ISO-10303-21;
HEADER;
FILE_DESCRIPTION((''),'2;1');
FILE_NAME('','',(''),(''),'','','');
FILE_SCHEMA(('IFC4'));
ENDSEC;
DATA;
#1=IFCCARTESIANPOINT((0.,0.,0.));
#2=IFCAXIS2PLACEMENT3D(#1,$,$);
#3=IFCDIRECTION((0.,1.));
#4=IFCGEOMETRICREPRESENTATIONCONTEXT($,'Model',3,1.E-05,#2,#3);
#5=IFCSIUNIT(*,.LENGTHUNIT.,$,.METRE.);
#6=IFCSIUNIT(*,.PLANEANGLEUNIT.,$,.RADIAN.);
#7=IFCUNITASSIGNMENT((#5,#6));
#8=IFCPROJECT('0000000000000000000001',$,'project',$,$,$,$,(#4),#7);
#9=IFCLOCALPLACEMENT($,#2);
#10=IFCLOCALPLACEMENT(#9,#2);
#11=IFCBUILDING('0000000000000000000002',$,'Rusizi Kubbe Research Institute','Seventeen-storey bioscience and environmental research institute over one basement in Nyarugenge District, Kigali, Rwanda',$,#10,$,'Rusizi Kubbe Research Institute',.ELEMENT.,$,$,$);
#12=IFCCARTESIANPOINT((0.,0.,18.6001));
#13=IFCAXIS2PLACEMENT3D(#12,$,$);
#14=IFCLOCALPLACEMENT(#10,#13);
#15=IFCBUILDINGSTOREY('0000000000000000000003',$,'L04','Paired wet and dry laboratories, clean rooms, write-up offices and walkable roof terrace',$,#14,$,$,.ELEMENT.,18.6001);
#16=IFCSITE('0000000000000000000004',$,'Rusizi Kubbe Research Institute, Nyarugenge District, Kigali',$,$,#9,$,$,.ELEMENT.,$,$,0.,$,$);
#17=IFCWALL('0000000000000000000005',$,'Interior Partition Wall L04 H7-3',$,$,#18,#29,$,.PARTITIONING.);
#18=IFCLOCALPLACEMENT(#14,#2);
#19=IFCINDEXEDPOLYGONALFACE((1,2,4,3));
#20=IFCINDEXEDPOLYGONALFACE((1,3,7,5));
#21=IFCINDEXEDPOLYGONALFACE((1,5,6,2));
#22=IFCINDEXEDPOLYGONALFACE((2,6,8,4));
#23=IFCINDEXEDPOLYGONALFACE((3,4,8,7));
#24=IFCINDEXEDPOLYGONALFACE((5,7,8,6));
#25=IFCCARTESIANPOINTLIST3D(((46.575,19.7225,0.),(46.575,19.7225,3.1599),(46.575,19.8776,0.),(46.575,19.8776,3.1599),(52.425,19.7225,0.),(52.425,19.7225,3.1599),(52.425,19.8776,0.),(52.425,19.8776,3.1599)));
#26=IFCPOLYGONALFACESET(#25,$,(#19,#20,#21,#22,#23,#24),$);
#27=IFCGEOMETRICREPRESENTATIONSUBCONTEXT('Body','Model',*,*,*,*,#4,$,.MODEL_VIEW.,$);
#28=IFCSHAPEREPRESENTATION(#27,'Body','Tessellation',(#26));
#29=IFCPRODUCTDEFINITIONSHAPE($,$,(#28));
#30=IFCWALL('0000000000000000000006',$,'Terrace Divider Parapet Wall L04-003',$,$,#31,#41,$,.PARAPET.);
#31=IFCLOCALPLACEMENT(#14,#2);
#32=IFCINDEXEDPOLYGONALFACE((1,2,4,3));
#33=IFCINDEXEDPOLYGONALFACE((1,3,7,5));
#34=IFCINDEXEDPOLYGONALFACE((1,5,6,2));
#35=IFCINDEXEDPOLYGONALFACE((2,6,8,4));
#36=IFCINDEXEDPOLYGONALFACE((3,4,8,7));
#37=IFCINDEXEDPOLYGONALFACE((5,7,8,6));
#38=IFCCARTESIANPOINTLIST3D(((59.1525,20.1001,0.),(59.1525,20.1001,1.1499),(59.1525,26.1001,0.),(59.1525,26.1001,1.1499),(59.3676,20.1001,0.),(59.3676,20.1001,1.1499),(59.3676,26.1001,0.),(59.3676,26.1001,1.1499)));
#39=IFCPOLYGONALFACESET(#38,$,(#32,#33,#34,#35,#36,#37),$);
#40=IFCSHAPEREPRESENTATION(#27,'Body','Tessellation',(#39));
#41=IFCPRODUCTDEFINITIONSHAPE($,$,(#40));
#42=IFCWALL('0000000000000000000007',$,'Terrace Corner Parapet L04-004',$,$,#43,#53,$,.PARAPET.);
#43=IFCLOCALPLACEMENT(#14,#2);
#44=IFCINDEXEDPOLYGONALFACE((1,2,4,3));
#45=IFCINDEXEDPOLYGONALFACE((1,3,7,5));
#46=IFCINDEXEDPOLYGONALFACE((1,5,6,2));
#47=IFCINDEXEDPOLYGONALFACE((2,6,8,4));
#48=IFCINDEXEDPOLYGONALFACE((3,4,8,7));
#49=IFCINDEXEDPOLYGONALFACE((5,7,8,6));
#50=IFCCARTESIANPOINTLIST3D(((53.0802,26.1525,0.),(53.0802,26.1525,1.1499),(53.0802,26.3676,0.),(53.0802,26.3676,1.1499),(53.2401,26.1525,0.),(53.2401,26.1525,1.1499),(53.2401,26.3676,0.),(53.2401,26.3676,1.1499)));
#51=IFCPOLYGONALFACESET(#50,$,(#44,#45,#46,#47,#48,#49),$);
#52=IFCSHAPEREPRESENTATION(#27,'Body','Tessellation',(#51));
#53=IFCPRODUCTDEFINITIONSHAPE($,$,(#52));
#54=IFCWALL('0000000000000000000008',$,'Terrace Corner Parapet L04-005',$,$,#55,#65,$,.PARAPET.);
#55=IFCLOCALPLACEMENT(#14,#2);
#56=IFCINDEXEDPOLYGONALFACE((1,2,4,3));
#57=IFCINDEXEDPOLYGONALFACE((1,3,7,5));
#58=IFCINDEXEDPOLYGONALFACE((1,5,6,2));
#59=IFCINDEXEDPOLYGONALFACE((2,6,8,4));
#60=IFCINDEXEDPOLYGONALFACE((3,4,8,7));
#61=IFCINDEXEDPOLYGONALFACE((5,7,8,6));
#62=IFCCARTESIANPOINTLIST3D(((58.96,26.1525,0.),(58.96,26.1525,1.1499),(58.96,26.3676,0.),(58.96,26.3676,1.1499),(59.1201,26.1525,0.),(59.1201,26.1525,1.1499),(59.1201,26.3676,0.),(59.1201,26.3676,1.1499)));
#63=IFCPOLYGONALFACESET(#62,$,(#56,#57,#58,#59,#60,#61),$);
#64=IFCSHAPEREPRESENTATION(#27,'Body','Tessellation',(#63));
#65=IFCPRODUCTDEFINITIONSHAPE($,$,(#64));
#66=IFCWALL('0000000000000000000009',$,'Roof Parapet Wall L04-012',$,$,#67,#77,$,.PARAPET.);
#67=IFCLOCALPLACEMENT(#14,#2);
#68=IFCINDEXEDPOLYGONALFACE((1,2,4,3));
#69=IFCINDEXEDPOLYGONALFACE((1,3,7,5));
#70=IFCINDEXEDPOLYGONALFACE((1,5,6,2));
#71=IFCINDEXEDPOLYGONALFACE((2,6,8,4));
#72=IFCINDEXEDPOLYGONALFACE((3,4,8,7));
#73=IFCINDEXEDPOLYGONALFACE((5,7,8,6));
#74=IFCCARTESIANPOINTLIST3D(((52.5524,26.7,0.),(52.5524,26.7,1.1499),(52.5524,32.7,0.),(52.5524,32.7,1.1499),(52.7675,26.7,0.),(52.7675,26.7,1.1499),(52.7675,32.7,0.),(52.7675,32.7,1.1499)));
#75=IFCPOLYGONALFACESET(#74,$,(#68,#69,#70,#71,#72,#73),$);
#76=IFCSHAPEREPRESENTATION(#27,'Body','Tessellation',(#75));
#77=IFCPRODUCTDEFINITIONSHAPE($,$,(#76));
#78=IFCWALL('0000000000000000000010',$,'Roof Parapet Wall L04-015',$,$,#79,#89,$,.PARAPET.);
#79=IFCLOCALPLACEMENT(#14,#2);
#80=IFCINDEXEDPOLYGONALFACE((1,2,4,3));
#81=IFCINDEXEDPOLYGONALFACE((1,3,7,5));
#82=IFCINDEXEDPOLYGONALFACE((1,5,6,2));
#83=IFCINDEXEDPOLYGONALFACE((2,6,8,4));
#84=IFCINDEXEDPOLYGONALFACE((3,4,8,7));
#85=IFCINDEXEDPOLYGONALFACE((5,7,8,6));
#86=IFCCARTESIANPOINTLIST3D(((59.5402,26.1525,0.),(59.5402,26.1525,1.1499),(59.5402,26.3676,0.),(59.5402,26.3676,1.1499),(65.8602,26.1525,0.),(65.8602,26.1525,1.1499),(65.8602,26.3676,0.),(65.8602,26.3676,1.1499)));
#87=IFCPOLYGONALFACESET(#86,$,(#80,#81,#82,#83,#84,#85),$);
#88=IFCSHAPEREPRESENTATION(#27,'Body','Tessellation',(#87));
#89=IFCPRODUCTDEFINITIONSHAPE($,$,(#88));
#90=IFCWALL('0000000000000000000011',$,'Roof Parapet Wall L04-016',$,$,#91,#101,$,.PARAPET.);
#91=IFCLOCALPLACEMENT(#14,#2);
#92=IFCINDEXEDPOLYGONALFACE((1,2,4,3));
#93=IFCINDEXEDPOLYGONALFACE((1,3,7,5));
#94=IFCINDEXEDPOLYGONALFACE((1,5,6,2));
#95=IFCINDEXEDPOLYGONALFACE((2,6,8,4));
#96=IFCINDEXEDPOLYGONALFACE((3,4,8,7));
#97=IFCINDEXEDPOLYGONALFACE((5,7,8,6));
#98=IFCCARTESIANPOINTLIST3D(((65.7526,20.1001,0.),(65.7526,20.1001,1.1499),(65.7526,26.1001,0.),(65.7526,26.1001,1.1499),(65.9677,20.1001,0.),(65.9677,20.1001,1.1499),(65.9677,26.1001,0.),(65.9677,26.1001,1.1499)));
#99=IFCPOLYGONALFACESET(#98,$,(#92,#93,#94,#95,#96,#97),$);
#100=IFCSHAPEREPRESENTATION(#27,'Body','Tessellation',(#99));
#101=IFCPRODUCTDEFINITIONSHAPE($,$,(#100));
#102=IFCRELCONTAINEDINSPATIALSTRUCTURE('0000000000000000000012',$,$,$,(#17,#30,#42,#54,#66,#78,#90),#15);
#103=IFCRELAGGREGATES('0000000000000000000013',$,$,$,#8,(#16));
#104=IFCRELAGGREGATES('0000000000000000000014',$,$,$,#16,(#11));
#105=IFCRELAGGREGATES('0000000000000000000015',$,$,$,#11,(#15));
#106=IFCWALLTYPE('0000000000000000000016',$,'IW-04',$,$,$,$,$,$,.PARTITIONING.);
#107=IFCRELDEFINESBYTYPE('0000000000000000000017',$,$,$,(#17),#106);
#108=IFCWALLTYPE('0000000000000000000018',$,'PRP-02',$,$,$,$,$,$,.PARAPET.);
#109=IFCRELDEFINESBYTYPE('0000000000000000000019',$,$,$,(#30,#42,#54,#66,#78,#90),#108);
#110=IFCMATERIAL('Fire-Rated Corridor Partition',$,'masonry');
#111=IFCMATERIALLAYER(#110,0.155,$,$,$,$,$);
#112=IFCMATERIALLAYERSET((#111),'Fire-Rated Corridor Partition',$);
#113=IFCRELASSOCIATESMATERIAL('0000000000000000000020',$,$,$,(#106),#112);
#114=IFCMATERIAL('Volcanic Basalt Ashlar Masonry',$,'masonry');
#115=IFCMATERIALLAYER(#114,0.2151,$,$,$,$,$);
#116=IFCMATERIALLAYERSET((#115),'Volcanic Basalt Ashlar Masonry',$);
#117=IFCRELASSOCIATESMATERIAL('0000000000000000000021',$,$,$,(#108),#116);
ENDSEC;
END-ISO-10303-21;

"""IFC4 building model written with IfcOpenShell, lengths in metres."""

from ifc_helpers import new_model, si_unit, direction, frame, frame_2d, origin, place, context, subcontext, project, spatial, rectangle, extrude, material, layer, layer_set, type_object, element, save


model = new_model("IFC4")

# Units and contexts
model_context = context("Model", 3, precision=1e-05, world=origin(), true_north=direction((0.0, 1.0)))
body_context = subcontext(model_context, "Body", "Model", "MODEL_VIEW")
ifc_project = project(units=[si_unit("LENGTHUNIT", "METRE"), si_unit("PLANEANGLEUNIT", "RADIAN")], contexts=[model_context])

# Site, building, storey
site_placement = place(None, origin())
site = spatial("IfcSite", under=ifc_project, at=site_placement, Name="Rusizi Kubbe Research Institute, Nyarugenge District, Kigali", CompositionType="ELEMENT", RefElevation=0.0)
building_placement = place(site_placement, origin())
building = spatial("IfcBuilding", under=site, at=building_placement, Name="Rusizi Kubbe Research Institute", Description="Seventeen-storey bioscience and environmental research institute over one basement in Nyarugenge District, Kigali, Rwanda", LongName="Rusizi Kubbe Research Institute", CompositionType="ELEMENT")
storey_placement = place(building_placement, frame((0.0, 0.0, 18.6001)))
storey = spatial("IfcBuildingStorey", under=building, at=storey_placement, Name="L04", Description="Paired wet and dry laboratories, clean rooms, write-up offices and walkable roof terrace", CompositionType="ELEMENT", Elevation=18.6001)

# Walls
ifc_material_1 = material(Name="Fire-Rated Corridor Partition", Category="masonry")
ifc_layer_1 = layer(ifc_material_1, 0.155)
ifc_layer_set_1 = layer_set([ifc_layer_1], Name="Fire-Rated Corridor Partition")
wall_type_1 = type_object("IfcWallType", Name="IW-04", PredefinedType="PARTITIONING", material=ifc_layer_set_1)
wall_1_placement = place(storey_placement, frame((46.575, 19.8, 0.0), z_axis=(0.0, 0.0, 1.0), x_axis=(1.0, 0.0, 0.0)))
element("IfcWall", 1, at=wall_1_placement, inside=storey, type_object=wall_type_1, Name="Interior Partition Wall L04 H7-3", PredefinedType="PARTITIONING", context=body_context, shape_type="SweptSolid", body=[
    extrude(rectangle(XDim=5.8501, YDim=0.155, at=frame_2d((2.925, 0.0))), origin(), (0.0, 0.0, 1.0), 3.1599),
])
ifc_material_2 = material(Name="Volcanic Basalt Ashlar Masonry", Category="masonry")
ifc_layer_2 = layer(ifc_material_2, 0.2151)
ifc_layer_set_2 = layer_set([ifc_layer_2], Name="Volcanic Basalt Ashlar Masonry")
wall_type_2 = type_object("IfcWallType", Name="PRP-02", PredefinedType="PARAPET", material=ifc_layer_set_2)
wall_2_placement = place(storey_placement, frame((59.26, 20.1001, 0.0), z_axis=(0.0, 0.0, 1.0), x_axis=(0.0, 1.0, 0.0)))
element("IfcWall", 2, at=wall_2_placement, inside=storey, type_object=wall_type_2, Name="Terrace Divider Parapet Wall L04-003", PredefinedType="PARAPET", context=body_context, shape_type="SweptSolid", body=[
    extrude(rectangle(XDim=6.0, YDim=0.2151, at=frame_2d((3.0, 0.0))), origin(), (0.0, 0.0, 1.0), 1.1499),
])
wall_3_placement = place(storey_placement, frame((53.0801, 26.26, 0.0), z_axis=(0.0, 0.0, 1.0), x_axis=(1.0, 0.0, 0.0)))
element("IfcWall", 3, at=wall_3_placement, inside=storey, type_object=wall_type_2, Name="Terrace Corner Parapet L04-004", PredefinedType="PARAPET", context=body_context, shape_type="SweptSolid", body=[
    extrude(rectangle(XDim=0.1599, YDim=0.2151, at=frame_2d((0.0801, 0.0))), origin(), (0.0, 0.0, 1.0), 1.1499),
])
wall_4_placement = place(storey_placement, frame((58.96, 26.26, 0.0), z_axis=(0.0, 0.0, 1.0), x_axis=(1.0, 0.0, 0.0)))
element("IfcWall", 4, at=wall_4_placement, inside=storey, type_object=wall_type_2, Name="Terrace Corner Parapet L04-005", PredefinedType="PARAPET", context=body_context, shape_type="SweptSolid", body=[
    extrude(rectangle(XDim=0.1602, YDim=0.2151, at=frame_2d((0.0801, 0.0))), origin(), (0.0, 0.0, 1.0), 1.1499),
])
wall_5_placement = place(storey_placement, frame((52.6599, 26.7, 0.0), z_axis=(0.0, 0.0, 1.0), x_axis=(0.0, 1.0, 0.0)))
element("IfcWall", 5, at=wall_5_placement, inside=storey, type_object=wall_type_2, Name="Roof Parapet Wall L04-012", PredefinedType="PARAPET", context=body_context, shape_type="SweptSolid", body=[
    extrude(rectangle(XDim=6.0, YDim=0.2151, at=frame_2d((3.0, 0.0))), origin(), (0.0, 0.0, 1.0), 1.1499),
])
wall_6_placement = place(storey_placement, frame((59.54, 26.26, 0.0), z_axis=(0.0, 0.0, 1.0), x_axis=(1.0, 0.0, 0.0)))
element("IfcWall", 6, at=wall_6_placement, inside=storey, type_object=wall_type_2, Name="Roof Parapet Wall L04-015", PredefinedType="PARAPET", context=body_context, shape_type="SweptSolid", body=[
    extrude(rectangle(XDim=6.3201, YDim=0.2151, at=frame_2d((3.1602, 0.0))), origin(), (0.0, 0.0, 1.0), 1.1499),
])
wall_7_placement = place(storey_placement, frame((65.8601, 20.1001, 0.0), z_axis=(0.0, 0.0, 1.0), x_axis=(0.0, 1.0, 0.0)))
element("IfcWall", 7, at=wall_7_placement, inside=storey, type_object=wall_type_2, Name="Roof Parapet Wall L04-016", PredefinedType="PARAPET", context=body_context, shape_type="SweptSolid", body=[
    extrude(rectangle(XDim=6.0, YDim=0.2151, at=frame_2d((3.0, 0.0))), origin(), (0.0, 0.0, 1.0), 1.1499),
])

save(model, "model.ifc")
